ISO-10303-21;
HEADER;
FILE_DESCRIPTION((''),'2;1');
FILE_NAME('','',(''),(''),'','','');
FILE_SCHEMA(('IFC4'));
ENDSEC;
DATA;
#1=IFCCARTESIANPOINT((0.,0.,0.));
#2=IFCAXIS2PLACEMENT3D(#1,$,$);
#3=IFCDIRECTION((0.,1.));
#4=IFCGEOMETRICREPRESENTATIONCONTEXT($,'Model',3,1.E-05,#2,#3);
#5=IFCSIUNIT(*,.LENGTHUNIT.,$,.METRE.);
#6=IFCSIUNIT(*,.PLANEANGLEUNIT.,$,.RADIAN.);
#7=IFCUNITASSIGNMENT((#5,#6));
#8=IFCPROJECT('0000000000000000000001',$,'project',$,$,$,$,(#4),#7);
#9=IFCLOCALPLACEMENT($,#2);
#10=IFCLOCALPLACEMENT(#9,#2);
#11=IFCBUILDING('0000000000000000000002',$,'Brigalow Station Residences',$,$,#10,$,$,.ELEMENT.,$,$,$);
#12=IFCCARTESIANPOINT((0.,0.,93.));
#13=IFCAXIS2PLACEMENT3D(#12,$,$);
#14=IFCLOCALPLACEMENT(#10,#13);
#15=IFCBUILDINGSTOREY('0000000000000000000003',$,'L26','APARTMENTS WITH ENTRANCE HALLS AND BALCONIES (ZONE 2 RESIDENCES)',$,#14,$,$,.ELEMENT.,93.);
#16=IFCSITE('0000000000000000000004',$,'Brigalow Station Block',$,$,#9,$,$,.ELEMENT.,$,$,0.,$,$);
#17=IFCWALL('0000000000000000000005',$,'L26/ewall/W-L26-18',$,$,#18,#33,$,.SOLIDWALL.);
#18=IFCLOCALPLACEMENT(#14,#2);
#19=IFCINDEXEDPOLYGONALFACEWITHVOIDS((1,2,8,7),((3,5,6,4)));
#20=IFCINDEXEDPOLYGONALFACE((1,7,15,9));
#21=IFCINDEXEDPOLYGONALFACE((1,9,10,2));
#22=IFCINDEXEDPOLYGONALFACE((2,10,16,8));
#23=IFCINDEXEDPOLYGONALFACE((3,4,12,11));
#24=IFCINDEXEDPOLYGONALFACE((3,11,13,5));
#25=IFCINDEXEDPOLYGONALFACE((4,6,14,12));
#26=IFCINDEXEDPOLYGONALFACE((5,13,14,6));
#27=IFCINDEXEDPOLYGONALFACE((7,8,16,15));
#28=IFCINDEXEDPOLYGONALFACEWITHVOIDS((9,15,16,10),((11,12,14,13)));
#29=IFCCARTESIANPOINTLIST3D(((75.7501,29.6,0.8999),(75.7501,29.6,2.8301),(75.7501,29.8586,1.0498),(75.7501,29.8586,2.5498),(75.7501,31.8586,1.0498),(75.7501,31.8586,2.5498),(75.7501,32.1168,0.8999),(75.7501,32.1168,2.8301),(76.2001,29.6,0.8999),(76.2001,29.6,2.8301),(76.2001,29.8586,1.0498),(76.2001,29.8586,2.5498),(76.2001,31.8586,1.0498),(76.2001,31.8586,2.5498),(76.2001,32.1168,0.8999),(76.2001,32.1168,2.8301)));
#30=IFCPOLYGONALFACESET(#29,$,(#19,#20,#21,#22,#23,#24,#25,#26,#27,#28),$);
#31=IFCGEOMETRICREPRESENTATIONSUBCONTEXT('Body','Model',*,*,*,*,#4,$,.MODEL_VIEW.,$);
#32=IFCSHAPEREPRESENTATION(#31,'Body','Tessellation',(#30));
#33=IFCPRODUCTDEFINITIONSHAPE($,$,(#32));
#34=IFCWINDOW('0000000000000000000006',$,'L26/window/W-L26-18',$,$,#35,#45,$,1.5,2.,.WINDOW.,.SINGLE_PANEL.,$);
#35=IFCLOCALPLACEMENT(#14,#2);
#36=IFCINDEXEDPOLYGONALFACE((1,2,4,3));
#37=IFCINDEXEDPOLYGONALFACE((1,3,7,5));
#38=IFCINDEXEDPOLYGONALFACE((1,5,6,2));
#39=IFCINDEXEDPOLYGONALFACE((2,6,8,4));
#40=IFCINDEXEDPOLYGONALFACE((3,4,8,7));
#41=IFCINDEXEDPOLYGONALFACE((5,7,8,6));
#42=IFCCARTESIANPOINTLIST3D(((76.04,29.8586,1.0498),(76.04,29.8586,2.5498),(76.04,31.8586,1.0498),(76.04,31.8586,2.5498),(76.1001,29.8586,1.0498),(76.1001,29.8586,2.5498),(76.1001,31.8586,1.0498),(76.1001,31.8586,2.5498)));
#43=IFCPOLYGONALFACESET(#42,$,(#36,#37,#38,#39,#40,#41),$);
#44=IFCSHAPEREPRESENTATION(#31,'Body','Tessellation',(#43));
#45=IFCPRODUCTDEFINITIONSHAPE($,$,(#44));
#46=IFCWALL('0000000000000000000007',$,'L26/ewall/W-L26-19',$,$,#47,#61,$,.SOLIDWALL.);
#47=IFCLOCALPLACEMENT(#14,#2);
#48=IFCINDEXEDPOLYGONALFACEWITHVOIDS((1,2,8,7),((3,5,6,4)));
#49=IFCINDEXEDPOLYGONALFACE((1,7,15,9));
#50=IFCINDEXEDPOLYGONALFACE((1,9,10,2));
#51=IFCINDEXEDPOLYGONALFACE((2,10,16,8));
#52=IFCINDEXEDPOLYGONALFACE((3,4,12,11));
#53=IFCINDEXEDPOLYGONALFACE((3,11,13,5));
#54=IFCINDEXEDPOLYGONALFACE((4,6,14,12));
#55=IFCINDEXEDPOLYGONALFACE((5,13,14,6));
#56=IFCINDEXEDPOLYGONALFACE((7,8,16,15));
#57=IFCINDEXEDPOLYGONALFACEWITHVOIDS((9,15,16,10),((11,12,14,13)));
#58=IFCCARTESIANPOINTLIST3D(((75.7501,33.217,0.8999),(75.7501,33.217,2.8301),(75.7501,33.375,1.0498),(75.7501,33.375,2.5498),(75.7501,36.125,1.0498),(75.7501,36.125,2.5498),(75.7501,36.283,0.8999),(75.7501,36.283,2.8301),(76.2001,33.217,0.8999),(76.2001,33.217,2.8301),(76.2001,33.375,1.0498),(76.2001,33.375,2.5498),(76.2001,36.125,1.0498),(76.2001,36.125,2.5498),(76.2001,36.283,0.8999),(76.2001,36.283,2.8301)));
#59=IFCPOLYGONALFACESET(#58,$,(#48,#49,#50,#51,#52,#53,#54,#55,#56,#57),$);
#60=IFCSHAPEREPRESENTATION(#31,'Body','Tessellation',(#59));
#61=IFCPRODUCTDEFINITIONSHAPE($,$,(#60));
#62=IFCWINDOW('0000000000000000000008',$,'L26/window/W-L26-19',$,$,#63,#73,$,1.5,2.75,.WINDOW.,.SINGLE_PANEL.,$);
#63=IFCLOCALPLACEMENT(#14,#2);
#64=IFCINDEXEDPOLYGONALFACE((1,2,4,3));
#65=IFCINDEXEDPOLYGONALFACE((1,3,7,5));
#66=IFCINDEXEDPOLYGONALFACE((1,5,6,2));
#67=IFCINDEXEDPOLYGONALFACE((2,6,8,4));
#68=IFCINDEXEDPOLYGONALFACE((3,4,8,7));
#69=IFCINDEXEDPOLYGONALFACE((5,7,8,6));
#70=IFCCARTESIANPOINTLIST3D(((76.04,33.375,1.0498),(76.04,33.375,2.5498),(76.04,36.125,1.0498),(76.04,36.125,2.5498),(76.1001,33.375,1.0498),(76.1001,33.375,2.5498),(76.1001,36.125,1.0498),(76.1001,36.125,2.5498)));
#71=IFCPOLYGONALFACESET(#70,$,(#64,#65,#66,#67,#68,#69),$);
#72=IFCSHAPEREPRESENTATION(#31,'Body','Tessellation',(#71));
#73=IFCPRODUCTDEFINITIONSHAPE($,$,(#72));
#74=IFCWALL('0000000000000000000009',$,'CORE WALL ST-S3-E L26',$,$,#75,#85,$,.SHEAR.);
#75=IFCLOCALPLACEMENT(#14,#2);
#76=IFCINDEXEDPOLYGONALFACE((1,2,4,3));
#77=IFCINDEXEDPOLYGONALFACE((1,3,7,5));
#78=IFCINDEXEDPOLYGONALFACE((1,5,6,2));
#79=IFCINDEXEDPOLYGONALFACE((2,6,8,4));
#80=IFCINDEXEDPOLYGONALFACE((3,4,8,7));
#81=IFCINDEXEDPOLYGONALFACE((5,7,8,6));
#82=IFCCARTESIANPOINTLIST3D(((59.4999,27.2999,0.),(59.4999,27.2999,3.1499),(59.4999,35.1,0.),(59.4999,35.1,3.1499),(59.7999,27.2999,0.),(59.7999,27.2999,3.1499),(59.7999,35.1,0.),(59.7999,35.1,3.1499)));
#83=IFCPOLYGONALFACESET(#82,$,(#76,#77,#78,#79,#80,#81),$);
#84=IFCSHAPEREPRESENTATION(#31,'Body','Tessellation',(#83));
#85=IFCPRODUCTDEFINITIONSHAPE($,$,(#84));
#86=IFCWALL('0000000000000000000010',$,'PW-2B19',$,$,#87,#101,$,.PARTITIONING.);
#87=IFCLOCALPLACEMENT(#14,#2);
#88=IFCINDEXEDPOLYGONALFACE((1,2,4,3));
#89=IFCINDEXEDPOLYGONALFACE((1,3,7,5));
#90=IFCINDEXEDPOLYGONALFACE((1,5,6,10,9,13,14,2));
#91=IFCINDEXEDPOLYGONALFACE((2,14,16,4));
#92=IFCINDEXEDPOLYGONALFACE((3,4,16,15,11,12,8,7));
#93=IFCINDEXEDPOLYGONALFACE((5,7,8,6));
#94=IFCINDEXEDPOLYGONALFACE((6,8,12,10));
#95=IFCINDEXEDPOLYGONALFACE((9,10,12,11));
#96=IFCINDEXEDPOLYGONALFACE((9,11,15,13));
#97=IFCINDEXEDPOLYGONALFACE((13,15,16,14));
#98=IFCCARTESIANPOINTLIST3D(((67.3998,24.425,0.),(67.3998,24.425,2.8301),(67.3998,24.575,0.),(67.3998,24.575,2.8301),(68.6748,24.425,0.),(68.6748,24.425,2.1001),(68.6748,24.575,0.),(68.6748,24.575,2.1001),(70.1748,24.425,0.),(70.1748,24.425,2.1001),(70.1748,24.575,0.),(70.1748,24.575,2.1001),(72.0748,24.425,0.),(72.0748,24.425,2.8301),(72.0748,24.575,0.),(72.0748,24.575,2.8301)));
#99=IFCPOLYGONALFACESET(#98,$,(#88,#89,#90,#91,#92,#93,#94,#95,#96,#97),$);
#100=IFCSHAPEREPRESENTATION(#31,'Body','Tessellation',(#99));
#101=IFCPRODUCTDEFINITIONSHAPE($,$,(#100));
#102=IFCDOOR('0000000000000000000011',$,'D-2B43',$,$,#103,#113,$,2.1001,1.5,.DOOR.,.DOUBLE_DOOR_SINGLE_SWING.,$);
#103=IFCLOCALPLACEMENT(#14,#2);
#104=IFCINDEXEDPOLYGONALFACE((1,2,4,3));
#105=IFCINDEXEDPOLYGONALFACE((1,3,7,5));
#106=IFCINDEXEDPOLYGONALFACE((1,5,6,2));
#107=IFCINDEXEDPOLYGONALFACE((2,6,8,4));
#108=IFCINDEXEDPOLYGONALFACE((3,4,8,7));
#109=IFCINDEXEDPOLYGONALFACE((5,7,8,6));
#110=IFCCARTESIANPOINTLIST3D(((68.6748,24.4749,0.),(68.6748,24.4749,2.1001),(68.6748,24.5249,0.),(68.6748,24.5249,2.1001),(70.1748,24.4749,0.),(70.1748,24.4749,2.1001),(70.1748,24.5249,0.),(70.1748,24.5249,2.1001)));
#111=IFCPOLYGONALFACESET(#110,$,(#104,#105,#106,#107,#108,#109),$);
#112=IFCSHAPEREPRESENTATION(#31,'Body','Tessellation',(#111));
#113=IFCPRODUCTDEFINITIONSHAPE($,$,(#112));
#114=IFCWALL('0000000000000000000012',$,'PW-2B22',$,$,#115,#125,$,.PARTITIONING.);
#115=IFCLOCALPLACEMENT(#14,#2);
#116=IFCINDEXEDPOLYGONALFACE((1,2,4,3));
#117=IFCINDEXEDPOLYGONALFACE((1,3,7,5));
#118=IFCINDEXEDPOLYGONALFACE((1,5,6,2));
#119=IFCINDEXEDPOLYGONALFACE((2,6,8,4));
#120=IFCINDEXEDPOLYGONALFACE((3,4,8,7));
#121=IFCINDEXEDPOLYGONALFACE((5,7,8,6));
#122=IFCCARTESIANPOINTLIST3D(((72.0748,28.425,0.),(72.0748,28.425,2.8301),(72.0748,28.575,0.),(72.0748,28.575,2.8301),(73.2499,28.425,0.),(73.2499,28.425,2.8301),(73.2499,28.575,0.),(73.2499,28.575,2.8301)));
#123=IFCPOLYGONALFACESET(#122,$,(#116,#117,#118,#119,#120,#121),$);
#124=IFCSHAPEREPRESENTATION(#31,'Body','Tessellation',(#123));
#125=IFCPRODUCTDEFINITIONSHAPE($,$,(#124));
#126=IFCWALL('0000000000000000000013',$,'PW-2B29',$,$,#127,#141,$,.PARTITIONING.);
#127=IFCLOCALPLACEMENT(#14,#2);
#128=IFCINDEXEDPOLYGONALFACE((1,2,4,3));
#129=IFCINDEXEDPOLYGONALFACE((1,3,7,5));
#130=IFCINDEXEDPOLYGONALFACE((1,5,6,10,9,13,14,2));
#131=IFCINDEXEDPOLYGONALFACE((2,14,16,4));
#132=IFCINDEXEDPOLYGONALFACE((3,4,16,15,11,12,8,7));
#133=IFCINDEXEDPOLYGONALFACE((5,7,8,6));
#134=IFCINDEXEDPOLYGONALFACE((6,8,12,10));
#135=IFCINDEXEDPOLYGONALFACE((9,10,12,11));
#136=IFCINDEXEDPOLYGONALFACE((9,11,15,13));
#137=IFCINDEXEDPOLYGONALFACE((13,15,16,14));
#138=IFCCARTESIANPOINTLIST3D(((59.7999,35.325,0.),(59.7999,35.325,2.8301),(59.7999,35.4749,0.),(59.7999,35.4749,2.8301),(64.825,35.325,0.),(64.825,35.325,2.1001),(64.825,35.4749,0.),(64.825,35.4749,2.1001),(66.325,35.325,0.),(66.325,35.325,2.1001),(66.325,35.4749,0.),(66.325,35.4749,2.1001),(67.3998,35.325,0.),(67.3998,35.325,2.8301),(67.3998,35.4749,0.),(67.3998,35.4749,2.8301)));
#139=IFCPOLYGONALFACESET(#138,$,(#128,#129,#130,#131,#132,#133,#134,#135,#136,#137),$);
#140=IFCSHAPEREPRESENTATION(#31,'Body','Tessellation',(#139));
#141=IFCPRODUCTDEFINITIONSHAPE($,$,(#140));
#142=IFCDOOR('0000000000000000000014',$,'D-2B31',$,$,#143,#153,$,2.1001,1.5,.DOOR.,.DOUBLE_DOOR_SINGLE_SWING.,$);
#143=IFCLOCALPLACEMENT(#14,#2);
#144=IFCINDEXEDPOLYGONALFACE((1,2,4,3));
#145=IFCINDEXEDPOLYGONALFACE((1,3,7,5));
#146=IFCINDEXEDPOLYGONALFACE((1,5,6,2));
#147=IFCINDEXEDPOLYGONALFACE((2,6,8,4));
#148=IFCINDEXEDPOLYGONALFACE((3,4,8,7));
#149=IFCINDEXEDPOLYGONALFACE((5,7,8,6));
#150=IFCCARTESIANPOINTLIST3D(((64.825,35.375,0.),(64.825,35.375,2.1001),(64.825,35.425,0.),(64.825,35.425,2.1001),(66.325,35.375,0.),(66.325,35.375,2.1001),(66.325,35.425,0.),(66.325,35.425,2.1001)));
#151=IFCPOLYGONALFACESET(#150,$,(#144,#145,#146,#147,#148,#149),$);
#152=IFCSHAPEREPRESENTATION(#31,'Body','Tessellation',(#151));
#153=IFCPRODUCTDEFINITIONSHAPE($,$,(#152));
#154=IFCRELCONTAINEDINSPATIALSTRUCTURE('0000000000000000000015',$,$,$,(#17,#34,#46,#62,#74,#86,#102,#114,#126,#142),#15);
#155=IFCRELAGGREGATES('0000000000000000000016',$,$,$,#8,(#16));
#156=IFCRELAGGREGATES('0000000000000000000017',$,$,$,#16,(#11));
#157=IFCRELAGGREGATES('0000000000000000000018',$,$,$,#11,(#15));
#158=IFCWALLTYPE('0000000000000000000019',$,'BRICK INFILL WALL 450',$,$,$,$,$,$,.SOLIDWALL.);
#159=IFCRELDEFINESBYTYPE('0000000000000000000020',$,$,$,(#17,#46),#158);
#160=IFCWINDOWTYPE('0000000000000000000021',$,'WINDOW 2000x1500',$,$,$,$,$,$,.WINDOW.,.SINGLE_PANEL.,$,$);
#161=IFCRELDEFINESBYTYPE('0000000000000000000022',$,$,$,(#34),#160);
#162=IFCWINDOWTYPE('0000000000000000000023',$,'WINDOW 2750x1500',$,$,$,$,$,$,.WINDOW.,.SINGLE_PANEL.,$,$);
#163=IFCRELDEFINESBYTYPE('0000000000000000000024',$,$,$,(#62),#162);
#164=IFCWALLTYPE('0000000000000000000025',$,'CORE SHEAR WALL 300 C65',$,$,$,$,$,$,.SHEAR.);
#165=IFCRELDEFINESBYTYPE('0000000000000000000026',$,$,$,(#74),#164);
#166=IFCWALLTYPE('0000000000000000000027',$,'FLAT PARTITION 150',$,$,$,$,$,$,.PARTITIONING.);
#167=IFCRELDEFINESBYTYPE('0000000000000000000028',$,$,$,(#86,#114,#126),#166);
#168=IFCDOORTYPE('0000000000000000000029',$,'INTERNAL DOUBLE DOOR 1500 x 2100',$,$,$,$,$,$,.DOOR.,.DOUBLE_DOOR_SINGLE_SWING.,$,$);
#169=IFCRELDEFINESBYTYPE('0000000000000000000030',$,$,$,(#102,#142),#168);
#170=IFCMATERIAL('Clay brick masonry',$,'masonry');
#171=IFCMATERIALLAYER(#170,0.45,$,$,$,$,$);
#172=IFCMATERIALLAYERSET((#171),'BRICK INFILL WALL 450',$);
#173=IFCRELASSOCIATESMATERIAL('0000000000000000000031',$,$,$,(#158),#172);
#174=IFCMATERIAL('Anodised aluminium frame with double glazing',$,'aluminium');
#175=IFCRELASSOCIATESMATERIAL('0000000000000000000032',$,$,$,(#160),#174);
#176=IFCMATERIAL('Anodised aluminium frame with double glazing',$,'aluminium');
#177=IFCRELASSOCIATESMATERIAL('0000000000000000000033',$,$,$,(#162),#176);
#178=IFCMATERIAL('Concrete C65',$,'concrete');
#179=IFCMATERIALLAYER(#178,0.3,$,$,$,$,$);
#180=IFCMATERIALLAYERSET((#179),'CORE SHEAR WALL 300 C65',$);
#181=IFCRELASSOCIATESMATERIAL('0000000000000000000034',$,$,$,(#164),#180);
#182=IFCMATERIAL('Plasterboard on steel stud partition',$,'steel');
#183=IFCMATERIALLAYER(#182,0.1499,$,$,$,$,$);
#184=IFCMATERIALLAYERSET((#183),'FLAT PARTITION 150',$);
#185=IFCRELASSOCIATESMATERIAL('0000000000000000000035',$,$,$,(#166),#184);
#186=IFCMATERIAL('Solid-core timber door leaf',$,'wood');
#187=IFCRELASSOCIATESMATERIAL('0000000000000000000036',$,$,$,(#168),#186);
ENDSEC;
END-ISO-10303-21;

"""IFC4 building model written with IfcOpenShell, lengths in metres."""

from ifc_helpers import new_model, si_unit, direction, frame, frame_2d, origin, place, context, subcontext, project, spatial, rectangle, extrude, material, layer, layer_set, type_object, element, fill, save


model = new_model("IFC4")

# Units and contexts
model_context = context("Model", 3, precision=1e-05, world=origin(), true_north=direction((0.0, 1.0)))
body_context = subcontext(model_context, "Body", "Model", "MODEL_VIEW")
ifc_project = project(units=[si_unit("LENGTHUNIT", "METRE"), si_unit("PLANEANGLEUNIT", "RADIAN")], contexts=[model_context])

# Site, building, storey
site_placement = place(None, origin())
site = spatial("IfcSite", under=ifc_project, at=site_placement, Name="Brigalow Station Block", CompositionType="ELEMENT", RefElevation=0.0)
building_placement = place(site_placement, origin())
building = spatial("IfcBuilding", under=site, at=building_placement, Name="Brigalow Station Residences", CompositionType="ELEMENT")
storey_placement = place(building_placement, frame((0.0, 0.0, 93.0)))
storey = spatial("IfcBuildingStorey", under=building, at=storey_placement, Name="L26", Description="APARTMENTS WITH ENTRANCE HALLS AND BALCONIES (ZONE 2 RESIDENCES)", CompositionType="ELEMENT", Elevation=93.0)

# Shared definitions
ifc_material_1 = material(Name="Clay brick masonry", Category="masonry")
ifc_layer_1 = layer(ifc_material_1, 0.45)
ifc_layer_set_1 = layer_set([ifc_layer_1], Name="BRICK INFILL WALL 450")
wall_type_1 = type_object("IfcWallType", Name="BRICK INFILL WALL 450", PredefinedType="SOLIDWALL", material=ifc_layer_set_1)

# Walls, openings, windows
wall_1_placement = place(storey_placement, frame((75.9751, 29.6001, 0.8999), z_axis=(0.0, 0.0, 1.0), x_axis=(0.0, 1.0, 0.0)))
wall_1 = element("IfcWall", 1, at=wall_1_placement, inside=storey, type_object=wall_type_1, Name="L26/ewall/W-L26-18", PredefinedType="SOLIDWALL", context=body_context, shape_type="SweptSolid", body=[
    extrude(rectangle(XDim=2.5168, YDim=0.45, at=frame_2d((1.2583, 0.0))), origin(), (0.0, 0.0, 1.0), 1.9302),
])
opening_1_placement = place(wall_1_placement, frame((0.2585, 0.0, 0.1499)))
opening_1 = element("IfcOpeningElement", 2, at=opening_1_placement, cuts=wall_1, PredefinedType="OPENING", context=body_context, shape_type="SweptSolid", body=[
    extrude(rectangle(XDim=2.0, YDim=1.5, at=frame_2d((1.0, 0.75))), frame((0.0, 0.2349, 0.0), z_axis=(0.0, -1.0, 0.0), x_axis=(1.0, 0.0, 0.0)), (0.0, 0.0, 1.0), 0.47),
])
ifc_material_2 = material(Name="Anodised aluminium frame with double glazing", Category="aluminium")
window_type_1 = type_object("IfcWindowType", Name="WINDOW 2000x1500", PartitioningType="SINGLE_PANEL", PredefinedType="WINDOW", material=ifc_material_2)
window_1_placement = place(opening_1_placement, origin())
window_1 = element("IfcWindow", 3, at=window_1_placement, inside=storey, type_object=window_type_1, Name="L26/window/W-L26-18", OverallHeight=1.5, OverallWidth=2.0, PartitioningType="SINGLE_PANEL", PredefinedType="WINDOW", context=body_context, shape_type="SweptSolid", body=[
    extrude(rectangle(XDim=2.0, YDim=1.5, at=frame_2d((1.0, 0.75))), frame((0.0, -0.0649, 0.0), z_axis=(0.0, -1.0, 0.0), x_axis=(1.0, 0.0, 0.0)), (0.0, 0.0, 1.0), 0.0601),
])
fill(opening_1, window_1)
wall_2_placement = place(storey_placement, frame((75.9751, 33.217, 0.8999), z_axis=(0.0, 0.0, 1.0), x_axis=(0.0, 1.0, 0.0)))
wall_2 = element("IfcWall", 4, at=wall_2_placement, inside=storey, type_object=wall_type_1, Name="L26/ewall/W-L26-19", PredefinedType="SOLIDWALL", context=body_context, shape_type="SweptSolid", body=[
    extrude(rectangle(XDim=3.0659, YDim=0.45, at=frame_2d((1.533, 0.0))), origin(), (0.0, 0.0, 1.0), 1.9302),
])
opening_2_placement = place(wall_2_placement, frame((0.158, 0.0, 0.1499)))
opening_2 = element("IfcOpeningElement", 5, at=opening_2_placement, cuts=wall_2, PredefinedType="OPENING", context=body_context, shape_type="SweptSolid", body=[
    extrude(rectangle(XDim=2.75, YDim=1.5, at=frame_2d((1.375, 0.75))), frame((0.0, 0.2349, 0.0), z_axis=(0.0, -1.0, 0.0), x_axis=(1.0, 0.0, 0.0)), (0.0, 0.0, 1.0), 0.47),
])
ifc_material_3 = material(Name="Anodised aluminium frame with double glazing", Category="aluminium")
window_type_2 = type_object("IfcWindowType", Name="WINDOW 2750x1500", PartitioningType="SINGLE_PANEL", PredefinedType="WINDOW", material=ifc_material_3)
window_2_placement = place(opening_2_placement, origin())
window_2 = element("IfcWindow", 6, at=window_2_placement, inside=storey, type_object=window_type_2, Name="L26/window/W-L26-19", OverallHeight=1.5, OverallWidth=2.75, PartitioningType="SINGLE_PANEL", PredefinedType="WINDOW", context=body_context, shape_type="SweptSolid", body=[
    extrude(rectangle(XDim=2.75, YDim=1.5, at=frame_2d((1.375, 0.75))), frame((0.0, -0.0649, 0.0), z_axis=(0.0, -1.0, 0.0), x_axis=(1.0, 0.0, 0.0)), (0.0, 0.0, 1.0), 0.0601),
])
fill(opening_2, window_2)

# Wall
ifc_material_4 = material(Name="Concrete C65", Category="concrete")
ifc_layer_2 = layer(ifc_material_4, 0.3)
ifc_layer_set_2 = layer_set([ifc_layer_2], Name="CORE SHEAR WALL 300 C65")
wall_type_2 = type_object("IfcWallType", Name="CORE SHEAR WALL 300 C65", PredefinedType="SHEAR", material=ifc_layer_set_2)
wall_3_placement = place(storey_placement, frame((59.6499, 27.3, 0.0), z_axis=(0.0, 0.0, 1.0), x_axis=(0.0, 1.0, 0.0)))
element("IfcWall", 7, at=wall_3_placement, inside=storey, type_object=wall_type_2, Name="CORE WALL ST-S3-E L26", PredefinedType="SHEAR", context=body_context, shape_type="SweptSolid", body=[
    extrude(rectangle(XDim=7.8, YDim=0.3, at=frame_2d((3.8999, 0.0))), origin(), (0.0, 0.0, 1.0), 3.1499),
])

# Wall, opening, door
ifc_material_5 = material(Name="Plasterboard on steel stud partition", Category="steel")
ifc_layer_3 = layer(ifc_material_5, 0.1499)
ifc_layer_set_3 = layer_set([ifc_layer_3], Name="FLAT PARTITION 150")
wall_type_3 = type_object("IfcWallType", Name="FLAT PARTITION 150", PredefinedType="PARTITIONING", material=ifc_layer_set_3)
wall_4_placement = place(storey_placement, frame((67.3999, 24.5, 0.0), z_axis=(0.0, 0.0, 1.0), x_axis=(1.0, 0.0, 0.0)))
wall_4 = element("IfcWall", 8, at=wall_4_placement, inside=storey, type_object=wall_type_3, Name="PW-2B19", PredefinedType="PARTITIONING", context=body_context, shape_type="SweptSolid", body=[
    extrude(rectangle(XDim=4.675, YDim=0.1499, at=frame_2d((2.3374, 0.0))), origin(), (0.0, 0.0, 1.0), 2.8301),
])
opening_3_placement = place(wall_4_placement, frame((1.2749, 0.0, 0.0)))
opening_3 = element("IfcOpeningElement", 9, at=opening_3_placement, cuts=wall_4, PredefinedType="OPENING", context=body_context, shape_type="SweptSolid", body=[
    extrude(rectangle(XDim=1.5, YDim=2.1001, at=frame_2d((0.75, 1.05))), frame((0.0, 0.085, 0.0), z_axis=(0.0, -1.0, 0.0), x_axis=(1.0, 0.0, 0.0)), (0.0, 0.0, 1.0), 0.1699),
])
ifc_material_6 = material(Name="Solid-core timber door leaf", Category="wood")
door_type_1 = type_object("IfcDoorType", Name="INTERNAL DOUBLE DOOR 1500 x 2100", OperationType="DOUBLE_DOOR_SINGLE_SWING", PredefinedType="DOOR", material=ifc_material_6)
door_1_placement = place(opening_3_placement, origin())
door_1 = element("IfcDoor", 10, at=door_1_placement, inside=storey, type_object=door_type_1, Name="D-2B43", OperationType="DOUBLE_DOOR_SINGLE_SWING", OverallHeight=2.1001, OverallWidth=1.5, PredefinedType="DOOR", context=body_context, shape_type="SweptSolid", body=[
    extrude(rectangle(XDim=1.5, YDim=2.1001, at=frame_2d((0.75, 1.05))), frame((0.0, 0.0249, 0.0), z_axis=(0.0, -1.0, 0.0), x_axis=(1.0, 0.0, 0.0)), (0.0, 0.0, 1.0), 0.05),
])
fill(opening_3, door_1)

# Wall
wall_5_placement = place(storey_placement, frame((72.075, 28.5, 0.0), z_axis=(0.0, 0.0, 1.0), x_axis=(1.0, 0.0, 0.0)))
element("IfcWall", 11, at=wall_5_placement, inside=storey, type_object=wall_type_3, Name="PW-2B22", PredefinedType="PARTITIONING", context=body_context, shape_type="SweptSolid", body=[
    extrude(rectangle(XDim=1.175, YDim=0.1499, at=frame_2d((0.5874, 0.0))), origin(), (0.0, 0.0, 1.0), 2.8301),
])

# Wall, opening, door
wall_6_placement = place(storey_placement, frame((59.8, 35.3999, 0.0), z_axis=(0.0, 0.0, 1.0), x_axis=(1.0, 0.0, 0.0)))
wall_6 = element("IfcWall", 12, at=wall_6_placement, inside=storey, type_object=wall_type_3, Name="PW-2B29", PredefinedType="PARTITIONING", context=body_context, shape_type="SweptSolid", body=[
    extrude(rectangle(XDim=7.5999, YDim=0.1499, at=frame_2d((3.7998, 0.0))), origin(), (0.0, 0.0, 1.0), 2.8301),
])
opening_4_placement = place(wall_6_placement, frame((5.0249, 0.0, 0.0)))
opening_4 = element("IfcOpeningElement", 13, at=opening_4_placement, cuts=wall_6, PredefinedType="OPENING", context=body_context, shape_type="SweptSolid", body=[
    extrude(rectangle(XDim=1.5, YDim=2.1001, at=frame_2d((0.75, 1.05))), frame((0.0, 0.085, 0.0), z_axis=(0.0, -1.0, 0.0), x_axis=(1.0, 0.0, 0.0)), (0.0, 0.0, 1.0), 0.1699),
])
door_2_placement = place(opening_4_placement, frame((1.5, 0.0, 0.0), z_axis=(0.0, 0.0, 1.0), x_axis=(-1.0, 0.0, 0.0)))
door_2 = element("IfcDoor", 14, at=door_2_placement, inside=storey, type_object=door_type_1, Name="D-2B31", OperationType="DOUBLE_DOOR_SINGLE_SWING", OverallHeight=2.1001, OverallWidth=1.5, PredefinedType="DOOR", context=body_context, shape_type="SweptSolid", body=[
    extrude(rectangle(XDim=1.5, YDim=2.1001, at=frame_2d((0.75, 1.05))), frame((0.0, 0.0249, 0.0), z_axis=(0.0, -1.0, 0.0), x_axis=(1.0, 0.0, 0.0)), (0.0, 0.0, 1.0), 0.05),
])
fill(opening_4, door_2)

save(model, "model.ifc")
